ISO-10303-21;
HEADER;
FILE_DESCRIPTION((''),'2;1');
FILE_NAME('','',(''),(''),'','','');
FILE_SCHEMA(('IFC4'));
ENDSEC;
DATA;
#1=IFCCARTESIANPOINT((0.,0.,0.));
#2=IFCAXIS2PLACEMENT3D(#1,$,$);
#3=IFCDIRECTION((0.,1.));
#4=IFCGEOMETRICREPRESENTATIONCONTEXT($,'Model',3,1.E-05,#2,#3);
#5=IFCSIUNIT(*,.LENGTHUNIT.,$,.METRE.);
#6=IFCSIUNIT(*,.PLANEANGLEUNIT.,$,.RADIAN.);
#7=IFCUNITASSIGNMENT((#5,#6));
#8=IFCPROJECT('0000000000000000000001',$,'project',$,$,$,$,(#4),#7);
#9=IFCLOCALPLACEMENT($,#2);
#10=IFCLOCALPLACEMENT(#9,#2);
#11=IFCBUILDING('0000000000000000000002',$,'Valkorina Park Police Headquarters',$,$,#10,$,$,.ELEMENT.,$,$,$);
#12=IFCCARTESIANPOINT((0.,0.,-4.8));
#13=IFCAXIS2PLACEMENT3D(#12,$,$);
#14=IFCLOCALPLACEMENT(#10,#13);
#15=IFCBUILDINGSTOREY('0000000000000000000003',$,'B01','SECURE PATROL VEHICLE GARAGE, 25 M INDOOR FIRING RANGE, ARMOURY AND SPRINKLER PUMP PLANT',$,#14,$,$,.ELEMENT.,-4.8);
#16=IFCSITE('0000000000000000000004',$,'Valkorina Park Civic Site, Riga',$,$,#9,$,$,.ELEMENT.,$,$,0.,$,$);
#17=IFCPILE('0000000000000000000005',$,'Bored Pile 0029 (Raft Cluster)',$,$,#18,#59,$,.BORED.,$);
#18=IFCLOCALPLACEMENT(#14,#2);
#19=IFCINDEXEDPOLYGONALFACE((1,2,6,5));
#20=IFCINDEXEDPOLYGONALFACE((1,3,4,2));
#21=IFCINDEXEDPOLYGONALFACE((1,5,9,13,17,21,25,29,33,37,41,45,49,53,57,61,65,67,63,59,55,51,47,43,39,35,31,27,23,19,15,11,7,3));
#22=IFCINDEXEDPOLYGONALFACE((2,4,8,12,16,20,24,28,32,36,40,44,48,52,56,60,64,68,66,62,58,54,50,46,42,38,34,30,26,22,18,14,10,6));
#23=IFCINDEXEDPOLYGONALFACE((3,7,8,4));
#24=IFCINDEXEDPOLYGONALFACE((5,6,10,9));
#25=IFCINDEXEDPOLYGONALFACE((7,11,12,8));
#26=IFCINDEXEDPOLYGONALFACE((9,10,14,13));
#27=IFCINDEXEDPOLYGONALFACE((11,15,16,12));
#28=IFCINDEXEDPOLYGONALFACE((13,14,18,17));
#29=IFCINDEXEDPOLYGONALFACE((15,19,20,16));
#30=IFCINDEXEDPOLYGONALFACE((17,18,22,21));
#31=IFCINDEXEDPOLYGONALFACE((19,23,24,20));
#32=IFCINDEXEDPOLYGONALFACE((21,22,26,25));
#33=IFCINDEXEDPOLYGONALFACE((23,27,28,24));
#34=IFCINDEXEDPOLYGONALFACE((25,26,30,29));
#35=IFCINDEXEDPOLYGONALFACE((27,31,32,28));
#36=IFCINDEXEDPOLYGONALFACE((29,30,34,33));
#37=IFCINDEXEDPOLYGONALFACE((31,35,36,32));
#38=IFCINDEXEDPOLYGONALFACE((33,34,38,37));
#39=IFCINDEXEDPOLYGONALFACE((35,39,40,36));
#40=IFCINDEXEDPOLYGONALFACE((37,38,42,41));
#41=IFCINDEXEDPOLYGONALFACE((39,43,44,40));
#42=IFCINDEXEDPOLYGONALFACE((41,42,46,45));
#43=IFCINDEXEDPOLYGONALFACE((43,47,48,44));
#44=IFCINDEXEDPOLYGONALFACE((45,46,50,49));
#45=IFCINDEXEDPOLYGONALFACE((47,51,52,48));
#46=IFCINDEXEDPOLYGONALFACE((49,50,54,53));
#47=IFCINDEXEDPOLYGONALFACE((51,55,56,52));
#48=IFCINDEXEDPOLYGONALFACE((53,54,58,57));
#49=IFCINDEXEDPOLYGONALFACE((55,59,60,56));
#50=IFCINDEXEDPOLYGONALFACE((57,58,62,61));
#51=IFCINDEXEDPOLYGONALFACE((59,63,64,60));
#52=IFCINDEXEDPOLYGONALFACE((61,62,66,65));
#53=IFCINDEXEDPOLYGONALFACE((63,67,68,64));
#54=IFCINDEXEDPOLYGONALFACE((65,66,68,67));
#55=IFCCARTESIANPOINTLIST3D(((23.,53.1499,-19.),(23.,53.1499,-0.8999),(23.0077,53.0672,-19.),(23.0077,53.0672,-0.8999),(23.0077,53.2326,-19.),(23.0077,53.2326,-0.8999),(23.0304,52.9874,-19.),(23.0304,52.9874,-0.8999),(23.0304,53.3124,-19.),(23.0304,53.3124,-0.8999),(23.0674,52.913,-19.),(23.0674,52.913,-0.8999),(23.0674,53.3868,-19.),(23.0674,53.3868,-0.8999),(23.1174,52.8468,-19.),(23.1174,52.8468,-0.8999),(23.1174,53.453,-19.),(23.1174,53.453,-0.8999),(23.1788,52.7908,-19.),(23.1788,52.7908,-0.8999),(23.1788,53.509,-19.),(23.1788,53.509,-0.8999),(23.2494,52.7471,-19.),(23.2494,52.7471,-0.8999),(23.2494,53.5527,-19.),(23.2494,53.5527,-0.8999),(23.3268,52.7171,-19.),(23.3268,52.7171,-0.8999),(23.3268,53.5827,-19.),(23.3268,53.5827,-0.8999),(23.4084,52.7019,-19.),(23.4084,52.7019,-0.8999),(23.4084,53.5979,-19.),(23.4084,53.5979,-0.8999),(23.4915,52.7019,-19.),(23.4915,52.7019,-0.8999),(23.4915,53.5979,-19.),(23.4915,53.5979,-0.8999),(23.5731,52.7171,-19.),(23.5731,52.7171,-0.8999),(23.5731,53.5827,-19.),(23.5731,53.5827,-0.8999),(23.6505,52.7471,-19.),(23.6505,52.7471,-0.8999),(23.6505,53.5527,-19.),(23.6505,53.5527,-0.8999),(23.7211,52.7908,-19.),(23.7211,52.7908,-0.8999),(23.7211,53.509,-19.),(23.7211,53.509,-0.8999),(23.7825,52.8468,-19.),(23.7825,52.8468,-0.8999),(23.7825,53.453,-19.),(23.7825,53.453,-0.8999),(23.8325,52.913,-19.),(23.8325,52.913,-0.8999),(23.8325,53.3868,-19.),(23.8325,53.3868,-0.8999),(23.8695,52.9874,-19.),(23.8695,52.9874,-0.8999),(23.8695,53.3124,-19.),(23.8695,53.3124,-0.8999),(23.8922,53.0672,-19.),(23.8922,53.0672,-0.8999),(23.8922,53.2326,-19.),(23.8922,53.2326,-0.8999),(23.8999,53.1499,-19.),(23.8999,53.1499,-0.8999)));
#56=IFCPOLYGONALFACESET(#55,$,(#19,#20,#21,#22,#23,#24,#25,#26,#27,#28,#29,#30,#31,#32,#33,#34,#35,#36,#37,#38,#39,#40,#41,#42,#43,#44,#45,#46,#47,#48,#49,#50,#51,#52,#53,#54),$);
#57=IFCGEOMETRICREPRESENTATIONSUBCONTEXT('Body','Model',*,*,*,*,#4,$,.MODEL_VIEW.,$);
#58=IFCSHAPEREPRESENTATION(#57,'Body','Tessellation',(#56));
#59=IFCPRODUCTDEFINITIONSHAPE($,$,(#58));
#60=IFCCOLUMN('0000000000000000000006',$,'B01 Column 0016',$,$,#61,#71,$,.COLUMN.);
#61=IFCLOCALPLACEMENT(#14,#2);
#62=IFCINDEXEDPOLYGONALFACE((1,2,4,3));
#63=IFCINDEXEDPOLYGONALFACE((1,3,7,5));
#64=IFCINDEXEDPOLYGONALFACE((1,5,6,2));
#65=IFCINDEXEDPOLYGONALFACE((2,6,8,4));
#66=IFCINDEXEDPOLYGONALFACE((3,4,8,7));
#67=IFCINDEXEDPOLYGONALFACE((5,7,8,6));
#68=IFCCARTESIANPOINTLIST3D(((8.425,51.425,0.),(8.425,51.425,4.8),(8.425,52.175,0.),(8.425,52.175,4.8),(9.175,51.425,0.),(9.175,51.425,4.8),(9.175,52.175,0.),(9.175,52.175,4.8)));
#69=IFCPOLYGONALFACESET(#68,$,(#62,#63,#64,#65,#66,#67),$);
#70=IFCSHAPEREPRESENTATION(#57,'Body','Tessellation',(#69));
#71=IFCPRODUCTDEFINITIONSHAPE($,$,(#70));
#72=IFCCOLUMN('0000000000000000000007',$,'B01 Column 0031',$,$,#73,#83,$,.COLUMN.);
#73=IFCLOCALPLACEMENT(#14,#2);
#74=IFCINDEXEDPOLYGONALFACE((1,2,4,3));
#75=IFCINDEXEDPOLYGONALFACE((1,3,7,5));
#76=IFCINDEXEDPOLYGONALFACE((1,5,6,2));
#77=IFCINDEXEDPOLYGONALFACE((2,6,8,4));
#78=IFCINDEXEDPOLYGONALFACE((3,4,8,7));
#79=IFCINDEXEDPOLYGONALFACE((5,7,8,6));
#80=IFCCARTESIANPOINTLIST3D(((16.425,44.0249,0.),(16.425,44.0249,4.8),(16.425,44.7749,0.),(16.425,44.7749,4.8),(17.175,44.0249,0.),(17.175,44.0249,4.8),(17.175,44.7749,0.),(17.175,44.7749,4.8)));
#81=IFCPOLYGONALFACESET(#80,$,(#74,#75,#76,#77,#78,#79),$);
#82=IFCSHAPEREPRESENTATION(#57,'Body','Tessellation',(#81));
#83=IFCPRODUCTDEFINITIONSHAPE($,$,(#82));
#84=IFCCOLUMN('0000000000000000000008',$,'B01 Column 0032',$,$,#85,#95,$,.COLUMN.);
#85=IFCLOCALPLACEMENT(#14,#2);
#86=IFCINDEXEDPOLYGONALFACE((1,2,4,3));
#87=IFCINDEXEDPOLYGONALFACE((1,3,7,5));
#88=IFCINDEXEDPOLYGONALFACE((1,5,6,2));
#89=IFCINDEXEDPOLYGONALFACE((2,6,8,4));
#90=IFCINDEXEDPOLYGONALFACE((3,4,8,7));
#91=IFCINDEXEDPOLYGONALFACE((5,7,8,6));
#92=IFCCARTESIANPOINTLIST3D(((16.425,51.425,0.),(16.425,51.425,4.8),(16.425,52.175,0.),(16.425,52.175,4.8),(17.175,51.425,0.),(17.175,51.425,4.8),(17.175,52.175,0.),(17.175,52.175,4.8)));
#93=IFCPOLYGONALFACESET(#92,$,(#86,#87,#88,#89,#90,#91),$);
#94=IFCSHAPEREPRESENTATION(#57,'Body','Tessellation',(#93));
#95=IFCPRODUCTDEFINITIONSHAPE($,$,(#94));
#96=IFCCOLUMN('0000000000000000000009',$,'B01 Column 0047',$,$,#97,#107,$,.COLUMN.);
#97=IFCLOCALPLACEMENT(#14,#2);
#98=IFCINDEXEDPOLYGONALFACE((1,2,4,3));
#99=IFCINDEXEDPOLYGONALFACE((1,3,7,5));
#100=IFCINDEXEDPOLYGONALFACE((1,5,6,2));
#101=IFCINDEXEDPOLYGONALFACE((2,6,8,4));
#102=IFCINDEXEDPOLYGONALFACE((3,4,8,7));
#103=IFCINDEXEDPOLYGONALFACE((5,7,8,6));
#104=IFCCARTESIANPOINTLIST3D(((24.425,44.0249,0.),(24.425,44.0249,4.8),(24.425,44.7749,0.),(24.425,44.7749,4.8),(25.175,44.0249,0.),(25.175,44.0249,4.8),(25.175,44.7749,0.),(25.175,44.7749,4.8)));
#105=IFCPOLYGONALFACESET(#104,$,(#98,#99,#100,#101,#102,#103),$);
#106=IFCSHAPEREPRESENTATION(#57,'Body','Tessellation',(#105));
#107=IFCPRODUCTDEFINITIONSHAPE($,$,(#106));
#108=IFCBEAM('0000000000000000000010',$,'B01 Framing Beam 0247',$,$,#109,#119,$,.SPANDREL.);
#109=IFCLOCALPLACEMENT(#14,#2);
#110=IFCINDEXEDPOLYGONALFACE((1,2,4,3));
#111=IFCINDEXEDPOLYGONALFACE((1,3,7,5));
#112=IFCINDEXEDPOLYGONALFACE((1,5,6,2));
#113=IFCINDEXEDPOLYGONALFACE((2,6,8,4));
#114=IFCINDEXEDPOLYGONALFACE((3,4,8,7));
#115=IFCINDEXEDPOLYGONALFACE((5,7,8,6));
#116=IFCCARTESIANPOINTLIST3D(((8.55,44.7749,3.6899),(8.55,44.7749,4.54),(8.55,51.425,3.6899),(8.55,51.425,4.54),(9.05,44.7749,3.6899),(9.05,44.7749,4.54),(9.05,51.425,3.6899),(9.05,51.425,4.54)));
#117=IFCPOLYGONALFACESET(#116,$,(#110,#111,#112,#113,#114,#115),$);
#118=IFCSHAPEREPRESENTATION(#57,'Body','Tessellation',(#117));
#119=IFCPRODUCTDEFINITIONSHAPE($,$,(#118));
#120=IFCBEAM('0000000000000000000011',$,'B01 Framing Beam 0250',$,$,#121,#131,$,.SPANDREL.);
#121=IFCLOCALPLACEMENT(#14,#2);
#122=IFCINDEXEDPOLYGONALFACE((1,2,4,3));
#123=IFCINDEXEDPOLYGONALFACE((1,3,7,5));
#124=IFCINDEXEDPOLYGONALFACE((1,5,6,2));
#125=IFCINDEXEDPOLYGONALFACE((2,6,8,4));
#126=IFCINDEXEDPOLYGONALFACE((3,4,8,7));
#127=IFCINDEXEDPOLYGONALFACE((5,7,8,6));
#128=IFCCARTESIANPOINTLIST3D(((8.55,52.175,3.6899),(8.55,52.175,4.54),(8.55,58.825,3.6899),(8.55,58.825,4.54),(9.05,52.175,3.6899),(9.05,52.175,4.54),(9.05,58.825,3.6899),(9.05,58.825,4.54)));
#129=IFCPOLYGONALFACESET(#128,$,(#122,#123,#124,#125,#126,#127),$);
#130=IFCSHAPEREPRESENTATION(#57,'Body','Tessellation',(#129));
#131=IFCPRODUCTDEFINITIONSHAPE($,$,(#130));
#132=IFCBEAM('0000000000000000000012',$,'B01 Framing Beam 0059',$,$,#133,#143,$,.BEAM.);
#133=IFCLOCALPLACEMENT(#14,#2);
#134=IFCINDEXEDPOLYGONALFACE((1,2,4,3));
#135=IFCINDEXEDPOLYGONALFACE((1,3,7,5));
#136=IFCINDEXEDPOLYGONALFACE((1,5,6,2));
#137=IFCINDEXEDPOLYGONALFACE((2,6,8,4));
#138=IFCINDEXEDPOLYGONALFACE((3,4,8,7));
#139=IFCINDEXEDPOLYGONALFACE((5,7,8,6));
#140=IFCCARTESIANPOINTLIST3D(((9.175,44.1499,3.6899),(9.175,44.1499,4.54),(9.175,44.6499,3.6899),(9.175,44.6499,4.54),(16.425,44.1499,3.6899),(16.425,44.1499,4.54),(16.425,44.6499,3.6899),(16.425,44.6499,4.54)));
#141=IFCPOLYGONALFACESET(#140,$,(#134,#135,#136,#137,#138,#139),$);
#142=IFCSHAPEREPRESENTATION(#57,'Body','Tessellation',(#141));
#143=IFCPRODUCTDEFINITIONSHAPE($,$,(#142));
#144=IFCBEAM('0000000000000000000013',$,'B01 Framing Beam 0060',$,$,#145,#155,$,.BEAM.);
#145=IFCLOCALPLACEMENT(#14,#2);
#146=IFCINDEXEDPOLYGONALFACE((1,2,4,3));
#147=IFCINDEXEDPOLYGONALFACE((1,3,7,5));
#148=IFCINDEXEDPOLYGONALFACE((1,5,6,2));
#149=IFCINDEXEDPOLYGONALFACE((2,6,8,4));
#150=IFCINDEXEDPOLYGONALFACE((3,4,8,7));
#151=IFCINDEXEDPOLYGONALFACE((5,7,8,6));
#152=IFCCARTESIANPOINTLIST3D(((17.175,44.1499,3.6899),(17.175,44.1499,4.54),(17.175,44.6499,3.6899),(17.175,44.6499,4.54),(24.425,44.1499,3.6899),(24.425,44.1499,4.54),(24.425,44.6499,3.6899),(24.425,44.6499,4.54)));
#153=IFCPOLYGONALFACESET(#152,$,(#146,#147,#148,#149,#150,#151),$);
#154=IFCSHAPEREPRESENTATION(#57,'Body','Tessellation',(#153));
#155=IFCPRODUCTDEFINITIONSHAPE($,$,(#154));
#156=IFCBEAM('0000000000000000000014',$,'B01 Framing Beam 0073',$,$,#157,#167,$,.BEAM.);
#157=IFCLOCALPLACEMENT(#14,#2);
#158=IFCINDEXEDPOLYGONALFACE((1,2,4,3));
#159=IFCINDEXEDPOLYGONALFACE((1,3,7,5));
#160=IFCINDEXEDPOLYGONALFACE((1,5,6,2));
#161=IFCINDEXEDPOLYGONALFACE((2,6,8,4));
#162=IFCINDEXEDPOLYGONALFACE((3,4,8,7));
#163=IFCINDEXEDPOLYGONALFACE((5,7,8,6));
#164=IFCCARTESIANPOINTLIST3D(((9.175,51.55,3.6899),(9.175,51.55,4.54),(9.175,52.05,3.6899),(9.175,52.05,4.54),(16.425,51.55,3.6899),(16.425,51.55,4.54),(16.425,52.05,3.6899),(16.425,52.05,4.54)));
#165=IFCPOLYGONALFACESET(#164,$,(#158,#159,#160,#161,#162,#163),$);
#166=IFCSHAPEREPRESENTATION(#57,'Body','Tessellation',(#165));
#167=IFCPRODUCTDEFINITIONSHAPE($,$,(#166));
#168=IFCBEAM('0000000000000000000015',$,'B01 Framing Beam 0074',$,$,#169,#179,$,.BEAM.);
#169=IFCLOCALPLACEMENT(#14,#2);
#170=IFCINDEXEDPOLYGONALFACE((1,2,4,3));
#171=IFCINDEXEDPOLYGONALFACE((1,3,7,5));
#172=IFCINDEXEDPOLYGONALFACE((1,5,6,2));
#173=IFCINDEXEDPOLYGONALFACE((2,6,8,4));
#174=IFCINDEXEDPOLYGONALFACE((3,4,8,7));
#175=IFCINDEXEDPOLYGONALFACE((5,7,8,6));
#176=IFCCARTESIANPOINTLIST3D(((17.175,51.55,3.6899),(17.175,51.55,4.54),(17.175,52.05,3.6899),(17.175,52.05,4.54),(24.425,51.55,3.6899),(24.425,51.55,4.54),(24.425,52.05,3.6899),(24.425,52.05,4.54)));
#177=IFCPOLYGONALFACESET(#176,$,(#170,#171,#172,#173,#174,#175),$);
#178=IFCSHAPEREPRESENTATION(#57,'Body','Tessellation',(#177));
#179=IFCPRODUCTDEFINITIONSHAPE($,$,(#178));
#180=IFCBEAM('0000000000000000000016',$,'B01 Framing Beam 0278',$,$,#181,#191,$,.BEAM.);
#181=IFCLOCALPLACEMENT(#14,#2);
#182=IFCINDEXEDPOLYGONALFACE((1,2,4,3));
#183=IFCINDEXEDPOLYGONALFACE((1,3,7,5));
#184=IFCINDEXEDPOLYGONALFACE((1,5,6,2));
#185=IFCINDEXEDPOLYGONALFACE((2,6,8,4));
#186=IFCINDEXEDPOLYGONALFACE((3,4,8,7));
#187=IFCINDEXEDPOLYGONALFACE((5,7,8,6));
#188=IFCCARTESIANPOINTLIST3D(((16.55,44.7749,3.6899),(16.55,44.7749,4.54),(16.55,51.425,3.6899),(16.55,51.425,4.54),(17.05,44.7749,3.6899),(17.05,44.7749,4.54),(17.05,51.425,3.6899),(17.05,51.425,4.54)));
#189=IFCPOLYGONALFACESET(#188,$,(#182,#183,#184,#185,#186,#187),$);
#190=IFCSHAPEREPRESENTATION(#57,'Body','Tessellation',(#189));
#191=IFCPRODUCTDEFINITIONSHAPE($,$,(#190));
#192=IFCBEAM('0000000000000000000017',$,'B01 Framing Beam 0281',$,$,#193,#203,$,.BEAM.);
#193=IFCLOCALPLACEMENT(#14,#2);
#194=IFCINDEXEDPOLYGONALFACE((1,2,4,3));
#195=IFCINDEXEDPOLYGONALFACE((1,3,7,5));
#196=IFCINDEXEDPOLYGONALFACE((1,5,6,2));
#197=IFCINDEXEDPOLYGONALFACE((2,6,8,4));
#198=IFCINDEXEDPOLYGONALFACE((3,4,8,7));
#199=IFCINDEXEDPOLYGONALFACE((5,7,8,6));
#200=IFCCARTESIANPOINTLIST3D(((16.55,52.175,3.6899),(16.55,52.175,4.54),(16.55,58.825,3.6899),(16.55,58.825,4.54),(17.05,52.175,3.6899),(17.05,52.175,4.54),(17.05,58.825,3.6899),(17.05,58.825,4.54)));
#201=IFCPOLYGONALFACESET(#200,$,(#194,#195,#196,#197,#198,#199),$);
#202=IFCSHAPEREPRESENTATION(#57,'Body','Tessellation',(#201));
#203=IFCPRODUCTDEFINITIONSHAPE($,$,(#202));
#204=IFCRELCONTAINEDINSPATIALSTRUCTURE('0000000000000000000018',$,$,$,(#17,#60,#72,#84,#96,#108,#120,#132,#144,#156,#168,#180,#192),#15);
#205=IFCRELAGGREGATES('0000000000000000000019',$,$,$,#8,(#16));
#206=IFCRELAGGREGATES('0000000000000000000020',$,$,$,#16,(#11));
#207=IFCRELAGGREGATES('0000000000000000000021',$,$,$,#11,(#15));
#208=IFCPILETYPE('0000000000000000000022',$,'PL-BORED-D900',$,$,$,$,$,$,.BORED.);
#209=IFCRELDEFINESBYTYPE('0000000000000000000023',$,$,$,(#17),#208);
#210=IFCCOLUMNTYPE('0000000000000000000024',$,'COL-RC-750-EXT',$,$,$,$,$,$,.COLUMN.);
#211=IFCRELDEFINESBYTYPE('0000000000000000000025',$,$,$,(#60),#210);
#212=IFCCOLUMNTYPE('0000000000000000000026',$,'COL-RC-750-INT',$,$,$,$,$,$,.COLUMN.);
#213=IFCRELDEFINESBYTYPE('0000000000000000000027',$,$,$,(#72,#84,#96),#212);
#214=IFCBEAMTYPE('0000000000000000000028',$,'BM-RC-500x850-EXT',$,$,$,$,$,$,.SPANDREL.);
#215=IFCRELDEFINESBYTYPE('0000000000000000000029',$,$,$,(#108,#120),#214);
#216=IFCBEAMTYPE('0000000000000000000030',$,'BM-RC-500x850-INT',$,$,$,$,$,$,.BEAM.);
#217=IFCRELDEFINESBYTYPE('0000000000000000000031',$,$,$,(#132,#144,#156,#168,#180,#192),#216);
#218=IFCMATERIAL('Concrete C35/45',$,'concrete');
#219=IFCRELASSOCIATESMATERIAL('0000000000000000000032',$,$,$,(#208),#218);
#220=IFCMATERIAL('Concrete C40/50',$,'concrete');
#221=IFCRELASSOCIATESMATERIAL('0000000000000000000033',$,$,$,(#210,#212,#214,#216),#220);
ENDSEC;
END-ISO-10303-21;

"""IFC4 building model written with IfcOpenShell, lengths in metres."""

from ifc_helpers import new_model, si_unit, direction, frame, origin, origin_2d, place, context, subcontext, project, spatial, rectangle, circle, extrude, material, material_profile, profile_set, type_object, element, save


model = new_model("IFC4")

# Units and contexts
model_context = context("Model", 3, precision=1e-05, world=origin(), true_north=direction((0.0, 1.0)))
body_context = subcontext(model_context, "Body", "Model", "MODEL_VIEW")
ifc_project = project(units=[si_unit("LENGTHUNIT", "METRE"), si_unit("PLANEANGLEUNIT", "RADIAN")], contexts=[model_context])

# Site, building, storey
site_placement = place(None, origin())
site = spatial("IfcSite", under=ifc_project, at=site_placement, Name="Valkorina Park Civic Site, Riga", CompositionType="ELEMENT", RefElevation=0.0)
building_placement = place(site_placement, origin())
building = spatial("IfcBuilding", under=site, at=building_placement, Name="Valkorina Park Police Headquarters", CompositionType="ELEMENT")
storey_placement = place(building_placement, frame((0.0, 0.0, -4.8)))
storey = spatial("IfcBuildingStorey", under=building, at=storey_placement, Name="B01", Description="SECURE PATROL VEHICLE GARAGE, 25 M INDOOR FIRING RANGE, ARMOURY AND SPRINKLER PUMP PLANT", CompositionType="ELEMENT", Elevation=-4.8)

# Pile
ifc_material_1 = material(Name="Concrete C35/45", Category="concrete")
ifc_material_profile_1 = material_profile(ifc_material_1, circle(Radius=0.45, at=origin_2d()), Name="BORED PILE D900")
ifc_profile_set_1 = profile_set([ifc_material_profile_1], Name="Concrete C35/45")
pile_type = type_object("IfcPileType", Name="PL-BORED-D900", PredefinedType="BORED", material=ifc_profile_set_1)
for number, where, z_axis, x_axis, name in (
    (1, (23.45, 53.1499, -0.8999), (0.0, 0.0, -1.0), (1.0, 0.0, 0.0), "Bored Pile 0029 (Raft Cluster)"),
):
    element("IfcPile", number, at=place(storey_placement, frame(where, z_axis=z_axis, x_axis=x_axis)), inside=storey, type_object=pile_type, Name=name, PredefinedType="BORED", context=body_context, shape_type="SweptSolid", body=[
        extrude(circle(Radius=0.45, at=origin_2d()), origin(), (0.0, 0.0, 1.0), 18.1001),
    ])

# Columns
ifc_material_2 = material(Name="Concrete C40/50", Category="concrete")
ifc_material_profile_2 = material_profile(ifc_material_2, rectangle(XDim=0.75, YDim=0.75, at=origin_2d()), Name="RC COL 750x750")
ifc_profile_set_2 = profile_set([ifc_material_profile_2], Name="Concrete C40/50")
column_type_1 = type_object("IfcColumnType", Name="COL-RC-750-EXT", PredefinedType="COLUMN", material=ifc_profile_set_2)
column_placement = place(storey_placement, frame((8.8, 51.8, 0.0), z_axis=(0.0, 0.0, 1.0), x_axis=(1.0, 0.0, 0.0)))
element("IfcColumn", 2, at=column_placement, inside=storey, type_object=column_type_1, Name="B01 Column 0016", PredefinedType="COLUMN", context=body_context, shape_type="SweptSolid", body=[
    extrude(rectangle(XDim=0.75, YDim=0.75, at=origin_2d()), origin(), (0.0, 0.0, 1.0), 4.8),
])
ifc_material_profile_3 = material_profile(ifc_material_2, rectangle(XDim=0.75, YDim=0.75, at=origin_2d()), Name="RC COL 750x750")
ifc_profile_set_3 = profile_set([ifc_material_profile_3], Name="Concrete C40/50")
column_type_2 = type_object("IfcColumnType", Name="COL-RC-750-INT", PredefinedType="COLUMN", material=ifc_profile_set_3)
for number, where, z_axis, x_axis, name in (
    (3, (16.8, 44.3999, 0.0), (0.0, 0.0, 1.0), (1.0, 0.0, 0.0), "B01 Column 0031"),
    (4, (16.8, 51.8, 0.0), (0.0, 0.0, 1.0), (1.0, 0.0, 0.0), "B01 Column 0032"),
    (5, (24.8, 44.3999, 0.0), (0.0, 0.0, 1.0), (1.0, 0.0, 0.0), "B01 Column 0047"),
):
    element("IfcColumn", number, at=place(storey_placement, frame(where, z_axis=z_axis, x_axis=x_axis)), inside=storey, type_object=column_type_2, Name=name, PredefinedType="COLUMN", context=body_context, shape_type="SweptSolid", body=[
        extrude(rectangle(XDim=0.75, YDim=0.75, at=origin_2d()), origin(), (0.0, 0.0, 1.0), 4.8),
    ])

# Beams
ifc_material_profile_4 = material_profile(ifc_material_2, rectangle(XDim=0.5, YDim=0.8501, at=origin_2d()), Name="RC BEAM 500x850")
ifc_profile_set_4 = profile_set([ifc_material_profile_4], Name="Concrete C40/50")
beam_type_1 = type_object("IfcBeamType", Name="BM-RC-500x850-EXT", PredefinedType="SPANDREL", material=ifc_profile_set_4)
beam_1_placement = place(storey_placement, frame((8.8, 44.7749, 4.115), z_axis=(0.0, 1.0, 0.0), x_axis=(-1.0, 0.0, 0.0)))
element("IfcBeam", 6, at=beam_1_placement, inside=storey, type_object=beam_type_1, Name="B01 Framing Beam 0247", PredefinedType="SPANDREL", context=body_context, shape_type="SweptSolid", body=[
    extrude(rectangle(XDim=0.5, YDim=0.8501, at=origin_2d()), origin(), (0.0, 0.0, 1.0), 6.6501),
])
beam_2_placement = place(storey_placement, frame((8.8, 52.175, 4.115), z_axis=(0.0, 1.0, 0.0), x_axis=(-1.0, 0.0, 0.0)))
element("IfcBeam", 7, at=beam_2_placement, inside=storey, type_object=beam_type_1, Name="B01 Framing Beam 0250", PredefinedType="SPANDREL", context=body_context, shape_type="SweptSolid", body=[
    extrude(rectangle(XDim=0.5, YDim=0.8501, at=origin_2d()), origin(), (0.0, 0.0, 1.0), 6.6499),
])
ifc_material_profile_5 = material_profile(ifc_material_2, rectangle(XDim=0.5, YDim=0.8501, at=origin_2d()), Name="RC BEAM 500x850")
ifc_profile_set_5 = profile_set([ifc_material_profile_5], Name="Concrete C40/50")
beam_type_2 = type_object("IfcBeamType", Name="BM-RC-500x850-INT", PredefinedType="BEAM", material=ifc_profile_set_5)
for number, where, z_axis, x_axis, name in (
    (8, (9.175, 44.3999, 4.115), (1.0, 0.0, 0.0), (0.0, 1.0, 0.0), "B01 Framing Beam 0059"),
    (9, (17.175, 44.3999, 4.115), (1.0, 0.0, 0.0), (0.0, 1.0, 0.0), "B01 Framing Beam 0060"),
    (10, (9.175, 51.8, 4.115), (1.0, 0.0, 0.0), (0.0, 1.0, 0.0), "B01 Framing Beam 0073"),
    (11, (17.175, 51.8, 4.115), (1.0, 0.0, 0.0), (0.0, 1.0, 0.0), "B01 Framing Beam 0074"),
):
    element("IfcBeam", number, at=place(storey_placement, frame(where, z_axis=z_axis, x_axis=x_axis)), inside=storey, type_object=beam_type_2, Name=name, PredefinedType="BEAM", context=body_context, shape_type="SweptSolid", body=[
        extrude(rectangle(XDim=0.5, YDim=0.8501, at=origin_2d()), origin(), (0.0, 0.0, 1.0), 7.25),
    ])
beam_3_placement = place(storey_placement, frame((16.8, 44.7749, 4.115), z_axis=(0.0, 1.0, 0.0), x_axis=(-1.0, 0.0, 0.0)))
element("IfcBeam", 12, at=beam_3_placement, inside=storey, type_object=beam_type_2, Name="B01 Framing Beam 0278", PredefinedType="BEAM", context=body_context, shape_type="SweptSolid", body=[
    extrude(rectangle(XDim=0.5, YDim=0.8501, at=origin_2d()), origin(), (0.0, 0.0, 1.0), 6.6501),
])
beam_4_placement = place(storey_placement, frame((16.8, 52.175, 4.115), z_axis=(0.0, 1.0, 0.0), x_axis=(-1.0, 0.0, 0.0)))
element("IfcBeam", 13, at=beam_4_placement, inside=storey, type_object=beam_type_2, Name="B01 Framing Beam 0281", PredefinedType="BEAM", context=body_context, shape_type="SweptSolid", body=[
    extrude(rectangle(XDim=0.5, YDim=0.8501, at=origin_2d()), origin(), (0.0, 0.0, 1.0), 6.6499),
])

save(model, "model.ifc")
